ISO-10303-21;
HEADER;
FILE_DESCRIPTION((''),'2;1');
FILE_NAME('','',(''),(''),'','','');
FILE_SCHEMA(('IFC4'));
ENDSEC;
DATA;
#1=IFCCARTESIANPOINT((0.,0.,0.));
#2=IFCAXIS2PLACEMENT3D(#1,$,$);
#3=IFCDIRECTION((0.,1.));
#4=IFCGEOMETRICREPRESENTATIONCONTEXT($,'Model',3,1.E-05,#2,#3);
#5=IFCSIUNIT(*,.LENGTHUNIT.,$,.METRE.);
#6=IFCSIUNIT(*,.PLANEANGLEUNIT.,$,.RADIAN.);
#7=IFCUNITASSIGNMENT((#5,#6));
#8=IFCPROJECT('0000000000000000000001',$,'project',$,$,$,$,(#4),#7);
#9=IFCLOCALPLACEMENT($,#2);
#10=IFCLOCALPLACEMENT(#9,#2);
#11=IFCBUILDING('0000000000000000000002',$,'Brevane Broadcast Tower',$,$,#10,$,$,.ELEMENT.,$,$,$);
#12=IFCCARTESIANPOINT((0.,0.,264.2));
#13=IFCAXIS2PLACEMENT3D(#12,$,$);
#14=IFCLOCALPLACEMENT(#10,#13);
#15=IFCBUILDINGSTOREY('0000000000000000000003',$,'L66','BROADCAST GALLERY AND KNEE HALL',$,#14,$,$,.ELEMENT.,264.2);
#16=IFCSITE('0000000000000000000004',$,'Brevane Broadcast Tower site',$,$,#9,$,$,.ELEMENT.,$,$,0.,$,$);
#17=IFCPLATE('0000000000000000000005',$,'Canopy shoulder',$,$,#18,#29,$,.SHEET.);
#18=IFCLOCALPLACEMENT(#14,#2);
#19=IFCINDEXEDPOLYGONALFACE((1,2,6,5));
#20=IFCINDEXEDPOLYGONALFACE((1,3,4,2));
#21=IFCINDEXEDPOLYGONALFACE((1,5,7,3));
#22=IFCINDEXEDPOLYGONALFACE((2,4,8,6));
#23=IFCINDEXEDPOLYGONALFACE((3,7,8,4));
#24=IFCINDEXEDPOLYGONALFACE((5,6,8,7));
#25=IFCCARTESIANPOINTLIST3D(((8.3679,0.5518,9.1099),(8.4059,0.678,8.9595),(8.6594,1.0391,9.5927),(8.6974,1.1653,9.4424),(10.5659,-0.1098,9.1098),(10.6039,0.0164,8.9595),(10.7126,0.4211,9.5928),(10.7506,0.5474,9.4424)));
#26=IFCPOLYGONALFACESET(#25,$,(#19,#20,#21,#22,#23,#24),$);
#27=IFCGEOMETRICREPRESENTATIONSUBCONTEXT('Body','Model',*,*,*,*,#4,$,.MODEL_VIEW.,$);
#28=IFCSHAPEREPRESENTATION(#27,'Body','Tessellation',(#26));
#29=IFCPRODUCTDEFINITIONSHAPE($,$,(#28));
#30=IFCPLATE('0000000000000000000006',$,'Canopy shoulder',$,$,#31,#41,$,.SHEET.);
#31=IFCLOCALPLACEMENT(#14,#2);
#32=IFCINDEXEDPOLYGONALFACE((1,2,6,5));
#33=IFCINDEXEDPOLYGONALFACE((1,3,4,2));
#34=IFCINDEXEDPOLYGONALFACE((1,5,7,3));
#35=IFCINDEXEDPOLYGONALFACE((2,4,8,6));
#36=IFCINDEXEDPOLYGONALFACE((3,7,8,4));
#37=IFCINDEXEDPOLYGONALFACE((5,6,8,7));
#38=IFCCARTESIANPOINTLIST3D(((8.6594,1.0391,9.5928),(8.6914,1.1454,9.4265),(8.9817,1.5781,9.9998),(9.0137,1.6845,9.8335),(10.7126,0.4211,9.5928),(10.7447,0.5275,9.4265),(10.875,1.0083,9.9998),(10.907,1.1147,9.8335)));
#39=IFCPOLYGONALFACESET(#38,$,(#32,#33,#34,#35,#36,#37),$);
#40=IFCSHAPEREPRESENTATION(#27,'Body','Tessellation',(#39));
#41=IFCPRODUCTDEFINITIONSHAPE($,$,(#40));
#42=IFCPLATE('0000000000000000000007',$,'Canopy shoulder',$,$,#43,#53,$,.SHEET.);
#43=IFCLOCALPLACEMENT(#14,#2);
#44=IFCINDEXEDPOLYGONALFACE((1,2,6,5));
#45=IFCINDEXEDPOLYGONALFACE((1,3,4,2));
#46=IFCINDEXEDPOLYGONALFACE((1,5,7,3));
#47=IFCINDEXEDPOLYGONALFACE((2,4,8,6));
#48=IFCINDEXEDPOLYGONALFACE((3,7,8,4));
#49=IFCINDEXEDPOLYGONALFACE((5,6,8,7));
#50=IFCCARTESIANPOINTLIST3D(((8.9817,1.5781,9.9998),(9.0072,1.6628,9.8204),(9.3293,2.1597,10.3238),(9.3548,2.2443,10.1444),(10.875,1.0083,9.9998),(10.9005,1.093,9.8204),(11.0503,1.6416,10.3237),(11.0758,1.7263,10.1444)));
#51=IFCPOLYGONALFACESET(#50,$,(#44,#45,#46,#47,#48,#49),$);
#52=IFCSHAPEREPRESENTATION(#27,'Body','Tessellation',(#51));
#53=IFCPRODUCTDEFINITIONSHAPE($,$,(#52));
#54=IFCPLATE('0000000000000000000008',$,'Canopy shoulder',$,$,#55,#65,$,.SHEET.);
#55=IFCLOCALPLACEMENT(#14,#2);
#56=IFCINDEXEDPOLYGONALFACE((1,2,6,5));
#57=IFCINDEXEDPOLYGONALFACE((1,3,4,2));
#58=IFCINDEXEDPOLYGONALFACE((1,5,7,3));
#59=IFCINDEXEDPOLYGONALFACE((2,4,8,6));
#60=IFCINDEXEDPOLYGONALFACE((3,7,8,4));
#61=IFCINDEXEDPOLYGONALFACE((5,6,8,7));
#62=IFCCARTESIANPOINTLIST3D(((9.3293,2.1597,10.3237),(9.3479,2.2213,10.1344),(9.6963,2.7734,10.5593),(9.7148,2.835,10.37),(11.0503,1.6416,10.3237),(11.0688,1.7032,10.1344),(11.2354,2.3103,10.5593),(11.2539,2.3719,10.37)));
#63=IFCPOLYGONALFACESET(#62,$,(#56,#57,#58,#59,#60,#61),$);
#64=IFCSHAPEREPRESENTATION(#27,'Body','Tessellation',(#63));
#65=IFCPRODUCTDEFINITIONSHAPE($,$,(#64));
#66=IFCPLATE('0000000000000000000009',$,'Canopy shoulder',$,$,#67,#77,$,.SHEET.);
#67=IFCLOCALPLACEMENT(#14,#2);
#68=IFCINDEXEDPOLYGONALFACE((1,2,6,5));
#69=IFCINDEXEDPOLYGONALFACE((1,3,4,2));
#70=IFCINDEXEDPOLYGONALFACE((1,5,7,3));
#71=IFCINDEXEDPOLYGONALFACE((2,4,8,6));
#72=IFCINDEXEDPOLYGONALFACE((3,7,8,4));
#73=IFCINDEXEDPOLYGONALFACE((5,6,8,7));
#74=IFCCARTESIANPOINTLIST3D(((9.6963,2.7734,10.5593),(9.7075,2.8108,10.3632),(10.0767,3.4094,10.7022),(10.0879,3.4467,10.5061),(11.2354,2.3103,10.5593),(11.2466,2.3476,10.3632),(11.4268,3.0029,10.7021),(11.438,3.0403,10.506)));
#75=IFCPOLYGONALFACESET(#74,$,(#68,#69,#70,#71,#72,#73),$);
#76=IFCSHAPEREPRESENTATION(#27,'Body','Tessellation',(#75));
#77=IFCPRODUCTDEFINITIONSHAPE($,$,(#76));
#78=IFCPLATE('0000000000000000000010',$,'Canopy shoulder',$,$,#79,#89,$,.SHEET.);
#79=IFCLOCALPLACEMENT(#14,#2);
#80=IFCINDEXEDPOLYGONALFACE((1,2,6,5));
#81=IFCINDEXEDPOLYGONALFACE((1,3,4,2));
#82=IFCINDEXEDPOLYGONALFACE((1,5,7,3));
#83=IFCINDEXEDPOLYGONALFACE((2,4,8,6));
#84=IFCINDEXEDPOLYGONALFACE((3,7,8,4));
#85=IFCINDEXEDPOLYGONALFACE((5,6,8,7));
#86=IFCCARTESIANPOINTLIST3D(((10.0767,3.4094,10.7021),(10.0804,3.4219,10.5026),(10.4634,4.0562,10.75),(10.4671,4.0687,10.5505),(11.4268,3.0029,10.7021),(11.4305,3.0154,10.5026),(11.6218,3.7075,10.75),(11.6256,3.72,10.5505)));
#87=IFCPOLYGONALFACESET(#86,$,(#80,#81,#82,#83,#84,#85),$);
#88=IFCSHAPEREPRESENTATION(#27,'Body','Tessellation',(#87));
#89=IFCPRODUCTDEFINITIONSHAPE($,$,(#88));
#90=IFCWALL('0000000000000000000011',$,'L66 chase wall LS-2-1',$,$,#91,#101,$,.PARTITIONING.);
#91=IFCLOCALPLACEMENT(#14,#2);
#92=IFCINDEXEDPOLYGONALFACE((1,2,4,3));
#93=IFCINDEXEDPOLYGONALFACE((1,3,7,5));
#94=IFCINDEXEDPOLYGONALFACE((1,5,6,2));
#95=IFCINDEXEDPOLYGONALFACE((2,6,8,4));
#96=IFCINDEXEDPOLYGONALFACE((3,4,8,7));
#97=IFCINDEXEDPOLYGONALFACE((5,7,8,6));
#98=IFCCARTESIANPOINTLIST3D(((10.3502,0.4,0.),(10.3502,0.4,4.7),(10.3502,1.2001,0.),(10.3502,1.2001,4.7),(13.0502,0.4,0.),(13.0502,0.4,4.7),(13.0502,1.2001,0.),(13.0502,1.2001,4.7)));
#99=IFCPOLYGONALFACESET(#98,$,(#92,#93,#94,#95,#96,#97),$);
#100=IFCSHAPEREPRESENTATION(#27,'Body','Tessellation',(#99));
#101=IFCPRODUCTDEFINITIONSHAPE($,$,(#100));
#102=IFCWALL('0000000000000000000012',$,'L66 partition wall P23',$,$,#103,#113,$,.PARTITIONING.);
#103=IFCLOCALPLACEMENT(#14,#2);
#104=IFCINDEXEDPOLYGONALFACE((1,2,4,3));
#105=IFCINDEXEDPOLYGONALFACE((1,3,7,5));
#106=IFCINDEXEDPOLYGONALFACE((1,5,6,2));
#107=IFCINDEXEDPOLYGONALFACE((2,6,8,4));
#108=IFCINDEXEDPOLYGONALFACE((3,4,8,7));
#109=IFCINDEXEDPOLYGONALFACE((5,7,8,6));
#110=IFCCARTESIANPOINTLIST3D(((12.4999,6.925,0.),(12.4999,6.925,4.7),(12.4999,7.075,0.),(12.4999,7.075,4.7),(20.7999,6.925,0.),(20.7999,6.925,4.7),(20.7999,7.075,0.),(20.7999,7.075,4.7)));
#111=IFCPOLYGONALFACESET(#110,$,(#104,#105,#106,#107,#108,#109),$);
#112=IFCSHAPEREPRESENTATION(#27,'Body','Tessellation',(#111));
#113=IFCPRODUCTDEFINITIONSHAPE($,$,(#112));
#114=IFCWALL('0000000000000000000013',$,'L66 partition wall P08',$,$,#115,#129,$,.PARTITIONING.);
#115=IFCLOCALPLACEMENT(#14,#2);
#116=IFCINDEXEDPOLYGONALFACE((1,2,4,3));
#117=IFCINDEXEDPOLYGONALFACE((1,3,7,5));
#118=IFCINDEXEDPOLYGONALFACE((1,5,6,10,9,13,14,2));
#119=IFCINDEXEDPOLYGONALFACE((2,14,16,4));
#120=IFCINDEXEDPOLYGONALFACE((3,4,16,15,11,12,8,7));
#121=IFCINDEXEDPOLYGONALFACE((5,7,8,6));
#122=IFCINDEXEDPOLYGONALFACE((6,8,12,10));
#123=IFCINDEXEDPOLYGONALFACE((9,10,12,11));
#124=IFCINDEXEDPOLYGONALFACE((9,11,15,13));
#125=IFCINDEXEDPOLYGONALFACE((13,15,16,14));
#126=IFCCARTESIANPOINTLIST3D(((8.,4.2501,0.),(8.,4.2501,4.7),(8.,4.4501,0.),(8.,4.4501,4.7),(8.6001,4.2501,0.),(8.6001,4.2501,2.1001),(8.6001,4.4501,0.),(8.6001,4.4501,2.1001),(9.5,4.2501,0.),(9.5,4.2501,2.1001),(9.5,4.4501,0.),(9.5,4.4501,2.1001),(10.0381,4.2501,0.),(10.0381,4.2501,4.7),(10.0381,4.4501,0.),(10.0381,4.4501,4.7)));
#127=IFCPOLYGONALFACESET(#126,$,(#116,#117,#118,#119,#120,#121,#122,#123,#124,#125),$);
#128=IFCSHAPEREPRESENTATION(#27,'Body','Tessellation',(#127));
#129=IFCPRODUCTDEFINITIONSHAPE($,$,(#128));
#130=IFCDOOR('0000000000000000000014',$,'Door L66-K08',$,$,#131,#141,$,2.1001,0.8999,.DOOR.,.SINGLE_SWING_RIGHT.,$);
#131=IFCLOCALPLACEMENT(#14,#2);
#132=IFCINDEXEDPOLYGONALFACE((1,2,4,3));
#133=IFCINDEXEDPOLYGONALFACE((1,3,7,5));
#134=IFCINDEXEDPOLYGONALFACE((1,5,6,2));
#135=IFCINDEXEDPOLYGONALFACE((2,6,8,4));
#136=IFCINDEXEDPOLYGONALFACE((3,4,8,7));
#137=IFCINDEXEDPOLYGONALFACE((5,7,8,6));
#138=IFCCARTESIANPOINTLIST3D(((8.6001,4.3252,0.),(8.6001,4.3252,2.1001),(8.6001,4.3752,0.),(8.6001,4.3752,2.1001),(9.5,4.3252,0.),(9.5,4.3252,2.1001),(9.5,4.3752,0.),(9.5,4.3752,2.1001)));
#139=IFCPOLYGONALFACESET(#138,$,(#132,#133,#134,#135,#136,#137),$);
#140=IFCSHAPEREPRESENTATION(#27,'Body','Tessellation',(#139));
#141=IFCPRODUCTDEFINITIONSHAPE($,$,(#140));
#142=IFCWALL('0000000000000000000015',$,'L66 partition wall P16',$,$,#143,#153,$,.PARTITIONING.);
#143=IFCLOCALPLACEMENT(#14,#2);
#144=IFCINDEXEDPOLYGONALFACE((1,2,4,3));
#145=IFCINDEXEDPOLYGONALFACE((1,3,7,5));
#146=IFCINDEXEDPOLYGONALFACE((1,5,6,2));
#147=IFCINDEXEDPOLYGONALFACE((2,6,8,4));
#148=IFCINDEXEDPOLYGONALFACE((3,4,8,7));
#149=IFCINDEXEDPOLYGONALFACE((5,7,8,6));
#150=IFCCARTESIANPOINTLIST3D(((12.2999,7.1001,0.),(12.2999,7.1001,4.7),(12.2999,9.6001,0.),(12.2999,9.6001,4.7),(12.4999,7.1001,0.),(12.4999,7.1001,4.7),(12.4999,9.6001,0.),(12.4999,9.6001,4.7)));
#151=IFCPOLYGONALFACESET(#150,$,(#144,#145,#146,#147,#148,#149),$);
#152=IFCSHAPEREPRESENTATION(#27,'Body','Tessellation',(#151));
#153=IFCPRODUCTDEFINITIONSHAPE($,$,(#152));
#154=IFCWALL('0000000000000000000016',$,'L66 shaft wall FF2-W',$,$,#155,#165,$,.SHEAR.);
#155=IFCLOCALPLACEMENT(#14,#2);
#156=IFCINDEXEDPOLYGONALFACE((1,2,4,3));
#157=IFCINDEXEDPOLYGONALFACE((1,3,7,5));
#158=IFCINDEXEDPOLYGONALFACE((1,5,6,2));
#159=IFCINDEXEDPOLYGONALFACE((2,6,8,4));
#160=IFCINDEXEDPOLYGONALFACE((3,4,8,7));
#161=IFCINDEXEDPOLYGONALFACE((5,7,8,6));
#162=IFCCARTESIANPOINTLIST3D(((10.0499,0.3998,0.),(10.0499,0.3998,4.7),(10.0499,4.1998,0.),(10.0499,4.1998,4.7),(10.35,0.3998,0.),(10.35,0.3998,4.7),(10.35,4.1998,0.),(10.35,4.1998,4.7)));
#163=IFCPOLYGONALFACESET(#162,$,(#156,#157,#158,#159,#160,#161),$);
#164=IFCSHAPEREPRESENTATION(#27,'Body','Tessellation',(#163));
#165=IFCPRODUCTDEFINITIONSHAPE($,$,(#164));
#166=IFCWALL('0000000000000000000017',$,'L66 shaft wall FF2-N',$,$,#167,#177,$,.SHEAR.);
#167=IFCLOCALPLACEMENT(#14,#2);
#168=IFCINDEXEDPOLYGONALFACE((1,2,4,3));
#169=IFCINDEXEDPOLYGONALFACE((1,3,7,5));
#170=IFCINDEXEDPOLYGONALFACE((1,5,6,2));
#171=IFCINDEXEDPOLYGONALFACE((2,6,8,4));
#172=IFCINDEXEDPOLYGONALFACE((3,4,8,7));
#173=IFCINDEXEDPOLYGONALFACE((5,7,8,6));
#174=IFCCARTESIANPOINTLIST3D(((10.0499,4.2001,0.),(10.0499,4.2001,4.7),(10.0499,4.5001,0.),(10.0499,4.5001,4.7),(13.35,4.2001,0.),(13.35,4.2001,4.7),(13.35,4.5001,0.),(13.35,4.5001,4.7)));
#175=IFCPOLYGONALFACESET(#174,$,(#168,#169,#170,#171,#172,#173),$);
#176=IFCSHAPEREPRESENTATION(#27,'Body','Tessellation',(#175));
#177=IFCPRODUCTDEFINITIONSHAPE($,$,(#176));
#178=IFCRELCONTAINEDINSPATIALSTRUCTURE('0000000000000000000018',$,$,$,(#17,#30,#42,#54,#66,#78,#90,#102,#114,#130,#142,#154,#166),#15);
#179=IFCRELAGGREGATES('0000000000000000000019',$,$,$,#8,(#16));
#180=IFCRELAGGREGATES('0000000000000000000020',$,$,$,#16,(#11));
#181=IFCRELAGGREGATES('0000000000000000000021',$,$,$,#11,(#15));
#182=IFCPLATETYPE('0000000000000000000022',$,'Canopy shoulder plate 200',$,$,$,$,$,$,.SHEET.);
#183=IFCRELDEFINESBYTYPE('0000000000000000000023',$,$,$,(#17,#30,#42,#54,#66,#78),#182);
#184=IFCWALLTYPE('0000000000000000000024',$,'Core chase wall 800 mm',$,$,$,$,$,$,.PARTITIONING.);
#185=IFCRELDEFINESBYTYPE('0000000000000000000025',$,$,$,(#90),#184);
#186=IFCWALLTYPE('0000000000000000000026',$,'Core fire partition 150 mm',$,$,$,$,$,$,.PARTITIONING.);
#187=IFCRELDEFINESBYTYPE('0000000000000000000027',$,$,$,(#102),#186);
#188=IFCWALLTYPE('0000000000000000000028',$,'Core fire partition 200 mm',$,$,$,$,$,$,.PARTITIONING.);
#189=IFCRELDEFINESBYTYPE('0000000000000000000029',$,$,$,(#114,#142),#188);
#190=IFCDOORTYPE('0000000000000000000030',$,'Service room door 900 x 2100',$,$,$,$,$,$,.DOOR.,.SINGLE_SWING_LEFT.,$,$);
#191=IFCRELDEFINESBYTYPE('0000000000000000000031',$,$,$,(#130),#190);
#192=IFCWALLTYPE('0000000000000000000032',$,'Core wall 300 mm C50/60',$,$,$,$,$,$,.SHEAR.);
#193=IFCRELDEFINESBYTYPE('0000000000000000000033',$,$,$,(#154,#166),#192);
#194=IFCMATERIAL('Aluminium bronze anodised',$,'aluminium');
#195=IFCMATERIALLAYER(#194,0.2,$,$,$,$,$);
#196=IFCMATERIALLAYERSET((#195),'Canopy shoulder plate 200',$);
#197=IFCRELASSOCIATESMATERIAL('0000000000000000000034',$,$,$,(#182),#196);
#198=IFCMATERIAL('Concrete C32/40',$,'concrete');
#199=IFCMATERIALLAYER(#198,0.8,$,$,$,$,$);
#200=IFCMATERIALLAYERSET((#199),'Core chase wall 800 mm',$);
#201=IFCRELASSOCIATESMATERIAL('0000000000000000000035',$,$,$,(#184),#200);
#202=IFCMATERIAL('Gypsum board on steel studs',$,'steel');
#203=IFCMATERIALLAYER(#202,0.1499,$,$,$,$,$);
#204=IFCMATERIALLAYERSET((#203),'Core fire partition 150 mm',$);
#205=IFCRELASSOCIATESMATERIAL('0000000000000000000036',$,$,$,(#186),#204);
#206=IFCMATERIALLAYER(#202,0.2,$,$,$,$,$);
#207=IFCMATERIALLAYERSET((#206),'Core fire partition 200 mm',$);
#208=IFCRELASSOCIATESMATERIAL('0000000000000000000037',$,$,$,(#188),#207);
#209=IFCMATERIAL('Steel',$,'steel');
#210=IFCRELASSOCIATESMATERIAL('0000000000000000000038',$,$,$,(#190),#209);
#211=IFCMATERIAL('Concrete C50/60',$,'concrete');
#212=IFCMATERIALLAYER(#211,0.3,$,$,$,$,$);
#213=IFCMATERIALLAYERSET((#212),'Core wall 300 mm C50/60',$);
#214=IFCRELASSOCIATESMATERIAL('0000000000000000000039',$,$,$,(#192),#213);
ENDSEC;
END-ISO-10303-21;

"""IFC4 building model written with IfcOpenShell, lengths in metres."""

from ifc_helpers import new_model, si_unit, direction, frame, frame_2d, origin, place, context, subcontext, project, spatial, polyline, rectangle, outline, extrude, material, layer, layer_set, type_object, element, fill, save


model = new_model("IFC4")

# Units and contexts
model_context = context("Model", 3, precision=1e-05, world=origin(), true_north=direction((0.0, 1.0)))
body_context = subcontext(model_context, "Body", "Model", "MODEL_VIEW")
ifc_project = project(units=[si_unit("LENGTHUNIT", "METRE"), si_unit("PLANEANGLEUNIT", "RADIAN")], contexts=[model_context])

# Site, building, storey
site_placement = place(None, origin())
site = spatial("IfcSite", under=ifc_project, at=site_placement, Name="Brevane Broadcast Tower site", CompositionType="ELEMENT", RefElevation=0.0)
building_placement = place(site_placement, origin())
building = spatial("IfcBuilding", under=site, at=building_placement, Name="Brevane Broadcast Tower", CompositionType="ELEMENT")
storey_placement = place(building_placement, frame((0.0, 0.0, 264.2)))
storey = spatial("IfcBuildingStorey", under=building, at=storey_placement, Name="L66", Description="BROADCAST GALLERY AND KNEE HALL", CompositionType="ELEMENT", Elevation=264.2)

# Plates
ifc_material_1 = material(Name="Aluminium bronze anodised", Category="aluminium")
ifc_layer_1 = layer(ifc_material_1, 0.2)
ifc_layer_set_1 = layer_set([ifc_layer_1], Name="Canopy shoulder plate 200")
plate_type = type_object("IfcPlateType", Name="Canopy shoulder plate 200", PredefinedType="SHEET", material=ifc_layer_set_1)
plate_1_placement = place(storey_placement, frame((8.3679, 0.5518, 9.1099), z_axis=(-0.190021, -0.631336, 0.751869), x_axis=(0.957563, -0.288225, -0.000013)))
element("IfcPlate", 1, at=plate_1_placement, inside=storey, type_object=plate_type, Name="Canopy shoulder", PredefinedType="SHEET", context=body_context, shape_type="SweptSolid", body=[
    extrude(outline(polyline([(0.0, 0.0), (2.2954, 0.0), (2.2829, 0.7325), (0.1387, 0.7324), (0.0, 0.0)])), origin(), (0.0, 0.0, -1.0), 0.2),
])
plate_2_placement = place(storey_placement, frame((8.6594, 1.0391, 9.5928), z_axis=(-0.160117, -0.532024, 0.831452), x_axis=(0.957575, -0.288186, 0.000003)))
element("IfcPlate", 2, at=plate_2_placement, inside=storey, type_object=plate_type, Name="Canopy shoulder", PredefinedType="SHEET", context=body_context, shape_type="SweptSolid", body=[
    extrude(outline(polyline([(0.0, 0.0), (2.1442, 0.0), (2.1304, 0.7325), (0.1532, 0.7325), (0.0, 0.0)])), origin(), (0.0, 0.0, -1.0), 0.2),
])
plate_3_placement = place(storey_placement, frame((8.9817, 1.5781, 9.9998), z_axis=(-0.127471, -0.423492, 0.896887), x_axis=(0.957569, -0.288203, 0.000012)))
element("IfcPlate", 3, at=plate_3_placement, inside=storey, type_object=plate_type, Name="Canopy shoulder", PredefinedType="SHEET", context=body_context, shape_type="SweptSolid", body=[
    extrude(outline(polyline([(0.0, 0.0), (1.9772, 0.0), (1.9625, 0.7325), (0.1653, 0.7326), (0.0, 0.0)])), origin(), (0.0, 0.0, -1.0), 0.2),
])
plate_4_placement = place(storey_placement, frame((9.3293, 2.1597, 10.3237), z_axis=(-0.092698, -0.307987, 0.946864), x_axis=(0.957554, -0.288253, -0.000015)))
element("IfcPlate", 4, at=plate_4_placement, inside=storey, type_object=plate_type, Name="Canopy shoulder", PredefinedType="SHEET", context=body_context, shape_type="SweptSolid", body=[
    extrude(outline(polyline([(0.0, 0.0), (1.7972, 0.0), (1.7817, 0.7326), (0.1744, 0.7324), (0.0, 0.0)])), origin(), (0.0, 0.0, -1.0), 0.2),
])
plate_5_placement = place(storey_placement, frame((9.6963, 2.7734, 10.5593), z_axis=(-0.056192, -0.186686, 0.980811), x_axis=(0.957583, -0.288159, 0.000014)))
element("IfcPlate", 5, at=plate_5_placement, inside=storey, type_object=plate_type, Name="Canopy shoulder", PredefinedType="SHEET", context=body_context, shape_type="SweptSolid", body=[
    extrude(outline(polyline([(0.0, 0.0), (1.6072, 0.0), (1.5909, 0.7325), (0.181, 0.7327), (0.0, 0.0)])), origin(), (0.0, 0.0, -1.0), 0.2),
])
plate_6_placement = place(storey_placement, frame((10.0767, 3.4094, 10.7021), z_axis=(-0.018833, -0.062563, 0.997863), x_axis=(0.95754, -0.288301, -0.000004)))
element("IfcPlate", 6, at=plate_6_placement, inside=storey, type_object=plate_type, Name="Canopy shoulder", PredefinedType="SHEET", context=body_context, shape_type="SweptSolid", body=[
    extrude(outline(polyline([(0.0, 0.0), (1.41, 0.0), (1.3936, 0.7325), (0.1838, 0.7323), (0.0, 0.0)])), origin(), (0.0, 0.0, -1.0), 0.2),
])

# Walls
ifc_material_2 = material(Name="Concrete C32/40", Category="concrete")
ifc_layer_2 = layer(ifc_material_2, 0.8)
ifc_layer_set_2 = layer_set([ifc_layer_2], Name="Core chase wall 800 mm")
wall_type_1 = type_object("IfcWallType", Name="Core chase wall 800 mm", PredefinedType="PARTITIONING", material=ifc_layer_set_2)
wall_1_placement = place(storey_placement, frame((10.3501, 0.8, 0.0), z_axis=(0.0, 0.0, 1.0), x_axis=(1.0, 0.0, 0.0)))
element("IfcWall", 7, at=wall_1_placement, inside=storey, type_object=wall_type_1, Name="L66 chase wall LS-2-1", PredefinedType="PARTITIONING", context=body_context, shape_type="SweptSolid", body=[
    extrude(rectangle(XDim=2.7, YDim=0.8, at=frame_2d((1.3501, 0.0))), origin(), (0.0, 0.0, 1.0), 4.7),
])
ifc_material_3 = material(Name="Gypsum board on steel studs", Category="steel")
ifc_layer_3 = layer(ifc_material_3, 0.1499)
ifc_layer_set_3 = layer_set([ifc_layer_3], Name="Core fire partition 150 mm")
wall_type_2 = type_object("IfcWallType", Name="Core fire partition 150 mm", PredefinedType="PARTITIONING", material=ifc_layer_set_3)
wall_2_placement = place(storey_placement, frame((12.5, 7.0, 0.0), z_axis=(0.0, 0.0, 1.0), x_axis=(1.0, 0.0, 0.0)))
element("IfcWall", 8, at=wall_2_placement, inside=storey, type_object=wall_type_2, Name="L66 partition wall P23", PredefinedType="PARTITIONING", context=body_context, shape_type="SweptSolid", body=[
    extrude(rectangle(XDim=8.3, YDim=0.1499, at=frame_2d((4.1499, 0.0))), origin(), (0.0, 0.0, 1.0), 4.7),
])

# Wall, opening, door
ifc_layer_4 = layer(ifc_material_3, 0.2)
ifc_layer_set_4 = layer_set([ifc_layer_4], Name="Core fire partition 200 mm")
wall_type_3 = type_object("IfcWallType", Name="Core fire partition 200 mm", PredefinedType="PARTITIONING", material=ifc_layer_set_4)
wall_3_placement = place(storey_placement, frame((10.0381, 4.3501, 0.0), z_axis=(0.0, 0.0, 1.0), x_axis=(-1.0, 0.0, 0.0)))
wall_3 = element("IfcWall", 9, at=wall_3_placement, inside=storey, type_object=wall_type_3, Name="L66 partition wall P08", PredefinedType="PARTITIONING", context=body_context, shape_type="SweptSolid", body=[
    extrude(rectangle(XDim=2.0381, YDim=0.2, at=frame_2d((1.019, 0.0))), origin(), (0.0, 0.0, 1.0), 4.7),
])
opening_placement = place(wall_3_placement, frame((0.5381, 0.0, 0.0)))
opening = element("IfcOpeningElement", 10, at=opening_placement, cuts=wall_3, PredefinedType="OPENING", context=body_context, shape_type="SweptSolid", body=[
    extrude(rectangle(XDim=0.8999, YDim=2.1001, at=frame_2d((0.45, 1.05))), frame((0.0, 0.1099, 0.0), z_axis=(0.0, -1.0, 0.0), x_axis=(1.0, 0.0, 0.0)), (0.0, 0.0, 1.0), 0.22),
])
ifc_material_4 = material(Name="Steel", Category="steel")
door_type = type_object("IfcDoorType", Name="Service room door 900 x 2100", OperationType="SINGLE_SWING_LEFT", PredefinedType="DOOR", material=ifc_material_4)
door_placement = place(opening_placement, origin())
door = element("IfcDoor", 11, at=door_placement, inside=storey, type_object=door_type, Name="Door L66-K08", OperationType="SINGLE_SWING_RIGHT", OverallHeight=2.1001, OverallWidth=0.8999, PredefinedType="DOOR", context=body_context, shape_type="SweptSolid", body=[
    extrude(rectangle(XDim=0.8999, YDim=2.1001, at=frame_2d((0.45, 1.05))), frame((0.0, 0.0249, 0.0), z_axis=(0.0, -1.0, 0.0), x_axis=(1.0, 0.0, 0.0)), (0.0, 0.0, 1.0), 0.05),
])
fill(opening, door)

# Walls
wall_4_placement = place(storey_placement, frame((12.3999, 7.1001, 0.0), z_axis=(0.0, 0.0, 1.0), x_axis=(0.0, 1.0, 0.0)))
element("IfcWall", 12, at=wall_4_placement, inside=storey, type_object=wall_type_3, Name="L66 partition wall P16", PredefinedType="PARTITIONING", context=body_context, shape_type="SweptSolid", body=[
    extrude(rectangle(XDim=2.5, YDim=0.2, at=frame_2d((1.25, 0.0))), origin(), (0.0, 0.0, 1.0), 4.7),
])
ifc_material_5 = material(Name="Concrete C50/60", Category="concrete")
ifc_layer_5 = layer(ifc_material_5, 0.3)
ifc_layer_set_5 = layer_set([ifc_layer_5], Name="Core wall 300 mm C50/60")
wall_type_4 = type_object("IfcWallType", Name="Core wall 300 mm C50/60", PredefinedType="SHEAR", material=ifc_layer_set_5)
wall_5_placement = place(storey_placement, frame((10.2, 0.3999, 0.0), z_axis=(0.0, 0.0, 1.0), x_axis=(0.0, 1.0, 0.0)))
element("IfcWall", 13, at=wall_5_placement, inside=storey, type_object=wall_type_4, Name="L66 shaft wall FF2-W", PredefinedType="SHEAR", context=body_context, shape_type="SweptSolid", body=[
    extrude(rectangle(XDim=3.8, YDim=0.3, at=frame_2d((1.8999, 0.0))), origin(), (0.0, 0.0, 1.0), 4.7),
])
wall_6_placement = place(storey_placement, frame((10.05, 4.3501, 0.0), z_axis=(0.0, 0.0, 1.0), x_axis=(1.0, 0.0, 0.0)))
element("IfcWall", 14, at=wall_6_placement, inside=storey, type_object=wall_type_4, Name="L66 shaft wall FF2-N", PredefinedType="SHEAR", context=body_context, shape_type="SweptSolid", body=[
    extrude(rectangle(XDim=3.3, YDim=0.3, at=frame_2d((1.6499, 0.0))), origin(), (0.0, 0.0, 1.0), 4.7),
])

save(model, "model.ifc")
